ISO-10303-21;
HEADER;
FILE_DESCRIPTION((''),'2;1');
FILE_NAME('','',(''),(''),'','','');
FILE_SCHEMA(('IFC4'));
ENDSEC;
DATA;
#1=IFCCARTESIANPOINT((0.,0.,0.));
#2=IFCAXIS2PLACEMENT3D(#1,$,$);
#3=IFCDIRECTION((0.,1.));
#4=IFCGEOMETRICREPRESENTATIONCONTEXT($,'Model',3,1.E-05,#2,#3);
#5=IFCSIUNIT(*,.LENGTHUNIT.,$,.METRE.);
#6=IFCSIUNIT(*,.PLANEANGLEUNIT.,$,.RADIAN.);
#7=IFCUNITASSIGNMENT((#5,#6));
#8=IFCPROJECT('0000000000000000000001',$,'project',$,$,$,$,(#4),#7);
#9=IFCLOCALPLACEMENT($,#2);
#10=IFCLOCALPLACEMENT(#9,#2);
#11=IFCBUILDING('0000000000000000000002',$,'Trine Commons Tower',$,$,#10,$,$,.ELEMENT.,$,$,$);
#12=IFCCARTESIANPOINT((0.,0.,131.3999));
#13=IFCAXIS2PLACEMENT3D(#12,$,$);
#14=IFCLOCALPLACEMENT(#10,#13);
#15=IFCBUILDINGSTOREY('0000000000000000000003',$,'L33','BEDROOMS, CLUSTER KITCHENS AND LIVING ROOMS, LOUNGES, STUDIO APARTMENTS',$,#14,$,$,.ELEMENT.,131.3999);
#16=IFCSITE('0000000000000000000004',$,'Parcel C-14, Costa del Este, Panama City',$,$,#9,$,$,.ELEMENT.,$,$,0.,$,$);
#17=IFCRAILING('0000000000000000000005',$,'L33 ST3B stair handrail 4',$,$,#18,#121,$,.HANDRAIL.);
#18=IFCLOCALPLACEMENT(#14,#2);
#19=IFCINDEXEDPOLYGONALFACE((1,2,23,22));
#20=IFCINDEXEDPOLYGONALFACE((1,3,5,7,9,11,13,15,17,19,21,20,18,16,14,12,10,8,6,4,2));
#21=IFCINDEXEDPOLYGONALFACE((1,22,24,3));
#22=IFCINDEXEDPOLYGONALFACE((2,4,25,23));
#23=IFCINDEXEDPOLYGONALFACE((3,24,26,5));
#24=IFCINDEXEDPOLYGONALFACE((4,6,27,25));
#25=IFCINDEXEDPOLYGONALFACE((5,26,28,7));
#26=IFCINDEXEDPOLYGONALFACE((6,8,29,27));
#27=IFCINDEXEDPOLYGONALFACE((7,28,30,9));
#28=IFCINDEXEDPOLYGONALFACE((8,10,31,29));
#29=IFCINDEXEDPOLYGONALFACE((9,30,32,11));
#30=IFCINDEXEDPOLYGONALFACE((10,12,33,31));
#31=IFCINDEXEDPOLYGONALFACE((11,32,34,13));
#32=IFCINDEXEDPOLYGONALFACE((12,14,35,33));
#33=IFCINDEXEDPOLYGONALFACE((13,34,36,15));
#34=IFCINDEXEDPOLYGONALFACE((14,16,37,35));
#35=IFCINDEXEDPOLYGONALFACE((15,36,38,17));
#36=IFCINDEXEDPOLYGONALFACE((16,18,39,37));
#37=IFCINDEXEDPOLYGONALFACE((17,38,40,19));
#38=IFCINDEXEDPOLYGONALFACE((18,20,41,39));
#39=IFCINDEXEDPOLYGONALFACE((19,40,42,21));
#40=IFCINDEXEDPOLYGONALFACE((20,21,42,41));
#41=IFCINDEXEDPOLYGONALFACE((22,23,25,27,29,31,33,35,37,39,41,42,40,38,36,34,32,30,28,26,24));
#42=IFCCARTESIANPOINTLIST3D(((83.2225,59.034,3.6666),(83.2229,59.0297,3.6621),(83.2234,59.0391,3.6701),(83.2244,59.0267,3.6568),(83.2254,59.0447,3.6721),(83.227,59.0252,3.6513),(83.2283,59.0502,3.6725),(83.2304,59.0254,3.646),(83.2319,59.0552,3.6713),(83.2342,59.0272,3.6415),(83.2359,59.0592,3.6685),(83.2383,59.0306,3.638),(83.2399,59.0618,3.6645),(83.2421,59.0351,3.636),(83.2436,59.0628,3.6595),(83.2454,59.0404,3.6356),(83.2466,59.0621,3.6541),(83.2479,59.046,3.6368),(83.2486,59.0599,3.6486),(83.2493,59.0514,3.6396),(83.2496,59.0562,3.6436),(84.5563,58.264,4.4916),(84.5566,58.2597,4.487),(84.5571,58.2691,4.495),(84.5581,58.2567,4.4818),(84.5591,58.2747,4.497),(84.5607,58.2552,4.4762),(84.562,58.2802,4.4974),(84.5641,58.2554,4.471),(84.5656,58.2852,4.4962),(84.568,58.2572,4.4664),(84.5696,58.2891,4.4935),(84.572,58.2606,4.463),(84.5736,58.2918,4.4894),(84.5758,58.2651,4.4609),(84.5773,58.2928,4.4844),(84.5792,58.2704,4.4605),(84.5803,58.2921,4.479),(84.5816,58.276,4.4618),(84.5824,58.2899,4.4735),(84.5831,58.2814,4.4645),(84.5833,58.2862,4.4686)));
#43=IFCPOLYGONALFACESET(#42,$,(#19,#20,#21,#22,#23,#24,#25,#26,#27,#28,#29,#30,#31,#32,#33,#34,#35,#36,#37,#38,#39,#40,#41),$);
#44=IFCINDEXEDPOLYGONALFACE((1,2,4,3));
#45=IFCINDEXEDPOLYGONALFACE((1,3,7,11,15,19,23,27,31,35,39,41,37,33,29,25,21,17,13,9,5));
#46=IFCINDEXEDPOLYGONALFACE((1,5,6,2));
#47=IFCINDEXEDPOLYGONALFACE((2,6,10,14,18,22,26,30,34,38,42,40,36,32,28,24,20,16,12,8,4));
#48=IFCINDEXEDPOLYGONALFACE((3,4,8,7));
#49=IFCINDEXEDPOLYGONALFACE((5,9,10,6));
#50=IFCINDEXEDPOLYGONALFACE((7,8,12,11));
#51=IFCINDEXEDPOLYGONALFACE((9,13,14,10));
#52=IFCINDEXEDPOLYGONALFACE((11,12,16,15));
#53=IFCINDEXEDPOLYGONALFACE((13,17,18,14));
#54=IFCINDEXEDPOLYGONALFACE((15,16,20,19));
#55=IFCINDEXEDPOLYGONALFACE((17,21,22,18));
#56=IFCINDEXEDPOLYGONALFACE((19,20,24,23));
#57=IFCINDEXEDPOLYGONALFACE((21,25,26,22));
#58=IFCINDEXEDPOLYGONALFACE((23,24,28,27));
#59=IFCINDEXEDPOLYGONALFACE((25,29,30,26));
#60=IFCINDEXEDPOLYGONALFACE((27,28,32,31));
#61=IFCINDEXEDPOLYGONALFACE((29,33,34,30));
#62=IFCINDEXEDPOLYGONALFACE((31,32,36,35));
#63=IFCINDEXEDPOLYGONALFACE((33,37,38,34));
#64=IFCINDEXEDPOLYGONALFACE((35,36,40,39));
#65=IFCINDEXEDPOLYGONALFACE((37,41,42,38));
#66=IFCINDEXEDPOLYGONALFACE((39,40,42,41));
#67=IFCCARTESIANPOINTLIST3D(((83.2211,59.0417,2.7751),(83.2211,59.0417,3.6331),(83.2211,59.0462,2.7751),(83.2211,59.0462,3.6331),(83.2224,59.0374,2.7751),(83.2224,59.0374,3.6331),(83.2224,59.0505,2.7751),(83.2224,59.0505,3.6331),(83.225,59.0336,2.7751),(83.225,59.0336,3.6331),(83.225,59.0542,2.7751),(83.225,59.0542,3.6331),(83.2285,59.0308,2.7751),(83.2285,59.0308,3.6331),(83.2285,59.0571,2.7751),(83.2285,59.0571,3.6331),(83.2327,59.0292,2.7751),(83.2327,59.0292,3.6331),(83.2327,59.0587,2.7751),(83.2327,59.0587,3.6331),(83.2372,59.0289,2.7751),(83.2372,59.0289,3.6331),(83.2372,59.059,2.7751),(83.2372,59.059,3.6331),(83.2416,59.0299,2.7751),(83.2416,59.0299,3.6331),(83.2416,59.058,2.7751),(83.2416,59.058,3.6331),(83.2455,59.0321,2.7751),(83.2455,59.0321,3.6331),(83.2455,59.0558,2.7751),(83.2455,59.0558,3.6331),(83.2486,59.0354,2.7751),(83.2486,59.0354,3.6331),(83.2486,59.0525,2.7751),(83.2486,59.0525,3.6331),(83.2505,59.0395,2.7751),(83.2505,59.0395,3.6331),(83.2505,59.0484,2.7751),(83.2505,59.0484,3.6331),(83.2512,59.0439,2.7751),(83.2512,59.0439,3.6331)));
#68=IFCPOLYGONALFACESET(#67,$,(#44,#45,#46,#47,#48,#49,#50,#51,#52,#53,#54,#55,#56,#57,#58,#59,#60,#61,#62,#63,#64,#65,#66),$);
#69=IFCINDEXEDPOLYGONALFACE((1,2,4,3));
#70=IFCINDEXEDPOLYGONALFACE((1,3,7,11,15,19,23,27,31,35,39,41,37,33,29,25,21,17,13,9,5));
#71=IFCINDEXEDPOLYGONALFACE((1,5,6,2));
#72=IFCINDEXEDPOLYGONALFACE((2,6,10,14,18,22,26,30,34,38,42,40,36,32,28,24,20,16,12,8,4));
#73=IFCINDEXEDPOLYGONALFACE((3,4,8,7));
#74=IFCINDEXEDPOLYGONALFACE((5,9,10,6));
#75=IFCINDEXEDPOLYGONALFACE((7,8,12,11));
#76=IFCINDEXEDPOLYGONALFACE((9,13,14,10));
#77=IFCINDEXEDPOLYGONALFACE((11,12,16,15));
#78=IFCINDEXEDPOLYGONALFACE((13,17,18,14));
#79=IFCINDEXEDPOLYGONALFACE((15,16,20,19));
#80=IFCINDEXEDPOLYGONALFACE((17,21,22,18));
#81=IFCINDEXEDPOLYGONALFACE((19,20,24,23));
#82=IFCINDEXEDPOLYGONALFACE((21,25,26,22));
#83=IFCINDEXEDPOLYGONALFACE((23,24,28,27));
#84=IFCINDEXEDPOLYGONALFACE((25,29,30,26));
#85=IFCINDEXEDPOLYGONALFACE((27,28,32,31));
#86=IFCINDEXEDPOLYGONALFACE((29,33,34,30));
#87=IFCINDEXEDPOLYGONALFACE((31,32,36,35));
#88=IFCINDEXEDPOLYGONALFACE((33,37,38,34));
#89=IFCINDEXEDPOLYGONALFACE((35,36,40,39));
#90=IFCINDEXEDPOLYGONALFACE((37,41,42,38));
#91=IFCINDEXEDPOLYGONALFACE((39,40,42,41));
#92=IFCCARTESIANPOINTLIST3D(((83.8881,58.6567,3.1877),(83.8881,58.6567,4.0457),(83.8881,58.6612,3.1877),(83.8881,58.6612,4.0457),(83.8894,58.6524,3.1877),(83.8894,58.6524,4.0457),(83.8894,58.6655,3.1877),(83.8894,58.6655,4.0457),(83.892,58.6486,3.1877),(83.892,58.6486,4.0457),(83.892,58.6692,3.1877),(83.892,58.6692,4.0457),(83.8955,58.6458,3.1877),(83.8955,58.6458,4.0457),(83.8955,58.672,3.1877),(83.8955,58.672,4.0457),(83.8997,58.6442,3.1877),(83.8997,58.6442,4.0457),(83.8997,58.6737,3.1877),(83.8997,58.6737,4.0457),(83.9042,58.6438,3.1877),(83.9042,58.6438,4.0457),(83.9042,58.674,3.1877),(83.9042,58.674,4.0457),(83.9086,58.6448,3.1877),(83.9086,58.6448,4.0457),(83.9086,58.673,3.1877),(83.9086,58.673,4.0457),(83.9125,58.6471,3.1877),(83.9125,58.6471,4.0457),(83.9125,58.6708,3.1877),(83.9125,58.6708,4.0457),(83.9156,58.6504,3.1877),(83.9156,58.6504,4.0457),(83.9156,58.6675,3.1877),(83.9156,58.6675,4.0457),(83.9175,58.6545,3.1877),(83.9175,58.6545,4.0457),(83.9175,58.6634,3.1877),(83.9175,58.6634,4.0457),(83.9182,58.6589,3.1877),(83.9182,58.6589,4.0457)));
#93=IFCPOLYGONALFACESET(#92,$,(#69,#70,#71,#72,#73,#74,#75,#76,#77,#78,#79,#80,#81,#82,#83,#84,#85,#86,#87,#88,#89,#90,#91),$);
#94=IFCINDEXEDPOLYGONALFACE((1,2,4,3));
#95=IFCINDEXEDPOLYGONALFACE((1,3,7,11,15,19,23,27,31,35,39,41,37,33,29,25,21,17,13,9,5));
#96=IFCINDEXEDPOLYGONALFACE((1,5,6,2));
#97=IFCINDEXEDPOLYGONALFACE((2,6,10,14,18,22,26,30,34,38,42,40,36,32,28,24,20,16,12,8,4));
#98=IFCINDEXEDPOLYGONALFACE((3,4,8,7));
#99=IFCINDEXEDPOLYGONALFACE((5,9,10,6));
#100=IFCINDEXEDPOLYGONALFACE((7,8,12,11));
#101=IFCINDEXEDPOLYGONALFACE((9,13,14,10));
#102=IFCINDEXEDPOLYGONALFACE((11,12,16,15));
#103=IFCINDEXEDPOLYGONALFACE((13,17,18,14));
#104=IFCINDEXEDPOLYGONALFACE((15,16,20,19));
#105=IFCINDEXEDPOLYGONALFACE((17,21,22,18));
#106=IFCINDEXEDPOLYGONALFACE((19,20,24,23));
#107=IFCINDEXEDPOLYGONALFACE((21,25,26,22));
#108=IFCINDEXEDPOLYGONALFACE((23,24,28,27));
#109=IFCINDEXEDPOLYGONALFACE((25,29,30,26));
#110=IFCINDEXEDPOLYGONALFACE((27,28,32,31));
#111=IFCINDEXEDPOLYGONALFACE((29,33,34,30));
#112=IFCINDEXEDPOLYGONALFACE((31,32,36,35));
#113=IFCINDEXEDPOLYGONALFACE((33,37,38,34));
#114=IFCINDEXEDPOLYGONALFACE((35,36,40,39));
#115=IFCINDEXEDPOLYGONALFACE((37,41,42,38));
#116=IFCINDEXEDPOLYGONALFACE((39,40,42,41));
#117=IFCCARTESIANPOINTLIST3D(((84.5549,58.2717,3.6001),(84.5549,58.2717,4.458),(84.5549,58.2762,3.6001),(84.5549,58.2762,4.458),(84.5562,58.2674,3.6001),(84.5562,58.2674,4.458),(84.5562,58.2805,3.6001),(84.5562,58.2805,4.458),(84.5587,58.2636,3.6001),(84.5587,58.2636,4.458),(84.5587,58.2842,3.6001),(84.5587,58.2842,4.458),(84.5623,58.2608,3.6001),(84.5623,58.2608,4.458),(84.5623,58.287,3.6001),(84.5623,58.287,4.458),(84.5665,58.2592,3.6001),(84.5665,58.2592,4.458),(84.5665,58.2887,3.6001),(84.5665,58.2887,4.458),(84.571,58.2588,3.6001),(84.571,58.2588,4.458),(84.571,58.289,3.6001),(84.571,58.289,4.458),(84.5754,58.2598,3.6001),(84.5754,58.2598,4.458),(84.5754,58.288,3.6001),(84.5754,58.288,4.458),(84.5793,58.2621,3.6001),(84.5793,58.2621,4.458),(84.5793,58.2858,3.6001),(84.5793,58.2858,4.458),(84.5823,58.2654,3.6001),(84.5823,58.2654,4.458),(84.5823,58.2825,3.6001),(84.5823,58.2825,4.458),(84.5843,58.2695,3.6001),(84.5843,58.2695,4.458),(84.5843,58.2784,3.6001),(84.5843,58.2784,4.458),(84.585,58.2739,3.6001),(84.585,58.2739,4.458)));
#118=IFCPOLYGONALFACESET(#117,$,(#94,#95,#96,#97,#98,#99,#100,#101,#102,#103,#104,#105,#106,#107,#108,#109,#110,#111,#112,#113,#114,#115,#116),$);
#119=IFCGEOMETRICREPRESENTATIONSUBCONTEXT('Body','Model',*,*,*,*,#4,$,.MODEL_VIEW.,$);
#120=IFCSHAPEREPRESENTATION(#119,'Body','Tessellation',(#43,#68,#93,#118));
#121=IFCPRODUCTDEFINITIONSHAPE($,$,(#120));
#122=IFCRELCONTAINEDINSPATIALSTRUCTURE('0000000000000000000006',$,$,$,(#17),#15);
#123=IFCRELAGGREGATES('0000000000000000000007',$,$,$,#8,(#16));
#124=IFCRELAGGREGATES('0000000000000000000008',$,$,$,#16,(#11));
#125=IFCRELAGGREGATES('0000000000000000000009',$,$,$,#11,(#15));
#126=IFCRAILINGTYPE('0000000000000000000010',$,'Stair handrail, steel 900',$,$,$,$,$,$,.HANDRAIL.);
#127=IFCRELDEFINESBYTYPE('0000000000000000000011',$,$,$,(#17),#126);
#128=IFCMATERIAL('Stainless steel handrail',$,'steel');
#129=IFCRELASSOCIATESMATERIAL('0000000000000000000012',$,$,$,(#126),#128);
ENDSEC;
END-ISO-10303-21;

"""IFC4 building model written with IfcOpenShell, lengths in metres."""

from ifc_helpers import new_model, si_unit, direction, frame, origin, origin_2d, place, context, subcontext, project, spatial, circle, extrude, material, type_object, element, save


model = new_model("IFC4")

# Units and contexts
model_context = context("Model", 3, precision=1e-05, world=origin(), true_north=direction((0.0, 1.0)))
body_context = subcontext(model_context, "Body", "Model", "MODEL_VIEW")
ifc_project = project(units=[si_unit("LENGTHUNIT", "METRE"), si_unit("PLANEANGLEUNIT", "RADIAN")], contexts=[model_context])

# Site, building, storey
site_placement = place(None, origin())
site = spatial("IfcSite", under=ifc_project, at=site_placement, Name="Parcel C-14, Costa del Este, Panama City", CompositionType="ELEMENT", RefElevation=0.0)
building_placement = place(site_placement, origin())
building = spatial("IfcBuilding", under=site, at=building_placement, Name="Trine Commons Tower", CompositionType="ELEMENT")
storey_placement = place(building_placement, frame((0.0, 0.0, 131.3999)))
storey = spatial("IfcBuildingStorey", under=building, at=storey_placement, Name="L33", Description="BEDROOMS, CLUSTER KITCHENS AND LIVING ROOMS, LOUNGES, STUDIO APARTMENTS", CompositionType="ELEMENT", Elevation=131.3999)

# Railing
ifc_material_1 = material(Name="Stainless steel handrail", Category="steel")
railing_type_1 = type_object("IfcRailingType", Name="Stair handrail, steel 900", PredefinedType="HANDRAIL", material=ifc_material_1)
for number, where, name in (
    (1, (83.2361, 59.0439, 2.7751), "L33 ST3B stair handrail 4"),
):
    element("IfcRailing", number, at=place(storey_placement, frame(where)), inside=storey, type_object=railing_type_1, Name=name, PredefinedType="HANDRAIL", context=body_context, shape_type="SweptSolid", body=[
        extrude(circle(Radius=0.021, at=origin_2d()), frame((0.0, 0.0, 0.8789), z_axis=(0.763405, -0.440743, 0.472185), x_axis=(0.499992, 0.86603, 0.0)), (0.0, 0.0, 1.0), 1.7471),
        extrude(circle(Radius=0.0151, at=origin_2d()), origin(), (0.0, 0.0, 1.0), 0.8579),
        extrude(circle(Radius=0.0151, at=origin_2d()), frame((0.667, -0.385, 0.4126)), (0.0, 0.0, 1.0), 0.8579),
        extrude(circle(Radius=0.0151, at=origin_2d()), frame((1.3337, -0.77, 0.825)), (0.0, 0.0, 1.0), 0.8579),
    ])

save(model, "model.ifc")
